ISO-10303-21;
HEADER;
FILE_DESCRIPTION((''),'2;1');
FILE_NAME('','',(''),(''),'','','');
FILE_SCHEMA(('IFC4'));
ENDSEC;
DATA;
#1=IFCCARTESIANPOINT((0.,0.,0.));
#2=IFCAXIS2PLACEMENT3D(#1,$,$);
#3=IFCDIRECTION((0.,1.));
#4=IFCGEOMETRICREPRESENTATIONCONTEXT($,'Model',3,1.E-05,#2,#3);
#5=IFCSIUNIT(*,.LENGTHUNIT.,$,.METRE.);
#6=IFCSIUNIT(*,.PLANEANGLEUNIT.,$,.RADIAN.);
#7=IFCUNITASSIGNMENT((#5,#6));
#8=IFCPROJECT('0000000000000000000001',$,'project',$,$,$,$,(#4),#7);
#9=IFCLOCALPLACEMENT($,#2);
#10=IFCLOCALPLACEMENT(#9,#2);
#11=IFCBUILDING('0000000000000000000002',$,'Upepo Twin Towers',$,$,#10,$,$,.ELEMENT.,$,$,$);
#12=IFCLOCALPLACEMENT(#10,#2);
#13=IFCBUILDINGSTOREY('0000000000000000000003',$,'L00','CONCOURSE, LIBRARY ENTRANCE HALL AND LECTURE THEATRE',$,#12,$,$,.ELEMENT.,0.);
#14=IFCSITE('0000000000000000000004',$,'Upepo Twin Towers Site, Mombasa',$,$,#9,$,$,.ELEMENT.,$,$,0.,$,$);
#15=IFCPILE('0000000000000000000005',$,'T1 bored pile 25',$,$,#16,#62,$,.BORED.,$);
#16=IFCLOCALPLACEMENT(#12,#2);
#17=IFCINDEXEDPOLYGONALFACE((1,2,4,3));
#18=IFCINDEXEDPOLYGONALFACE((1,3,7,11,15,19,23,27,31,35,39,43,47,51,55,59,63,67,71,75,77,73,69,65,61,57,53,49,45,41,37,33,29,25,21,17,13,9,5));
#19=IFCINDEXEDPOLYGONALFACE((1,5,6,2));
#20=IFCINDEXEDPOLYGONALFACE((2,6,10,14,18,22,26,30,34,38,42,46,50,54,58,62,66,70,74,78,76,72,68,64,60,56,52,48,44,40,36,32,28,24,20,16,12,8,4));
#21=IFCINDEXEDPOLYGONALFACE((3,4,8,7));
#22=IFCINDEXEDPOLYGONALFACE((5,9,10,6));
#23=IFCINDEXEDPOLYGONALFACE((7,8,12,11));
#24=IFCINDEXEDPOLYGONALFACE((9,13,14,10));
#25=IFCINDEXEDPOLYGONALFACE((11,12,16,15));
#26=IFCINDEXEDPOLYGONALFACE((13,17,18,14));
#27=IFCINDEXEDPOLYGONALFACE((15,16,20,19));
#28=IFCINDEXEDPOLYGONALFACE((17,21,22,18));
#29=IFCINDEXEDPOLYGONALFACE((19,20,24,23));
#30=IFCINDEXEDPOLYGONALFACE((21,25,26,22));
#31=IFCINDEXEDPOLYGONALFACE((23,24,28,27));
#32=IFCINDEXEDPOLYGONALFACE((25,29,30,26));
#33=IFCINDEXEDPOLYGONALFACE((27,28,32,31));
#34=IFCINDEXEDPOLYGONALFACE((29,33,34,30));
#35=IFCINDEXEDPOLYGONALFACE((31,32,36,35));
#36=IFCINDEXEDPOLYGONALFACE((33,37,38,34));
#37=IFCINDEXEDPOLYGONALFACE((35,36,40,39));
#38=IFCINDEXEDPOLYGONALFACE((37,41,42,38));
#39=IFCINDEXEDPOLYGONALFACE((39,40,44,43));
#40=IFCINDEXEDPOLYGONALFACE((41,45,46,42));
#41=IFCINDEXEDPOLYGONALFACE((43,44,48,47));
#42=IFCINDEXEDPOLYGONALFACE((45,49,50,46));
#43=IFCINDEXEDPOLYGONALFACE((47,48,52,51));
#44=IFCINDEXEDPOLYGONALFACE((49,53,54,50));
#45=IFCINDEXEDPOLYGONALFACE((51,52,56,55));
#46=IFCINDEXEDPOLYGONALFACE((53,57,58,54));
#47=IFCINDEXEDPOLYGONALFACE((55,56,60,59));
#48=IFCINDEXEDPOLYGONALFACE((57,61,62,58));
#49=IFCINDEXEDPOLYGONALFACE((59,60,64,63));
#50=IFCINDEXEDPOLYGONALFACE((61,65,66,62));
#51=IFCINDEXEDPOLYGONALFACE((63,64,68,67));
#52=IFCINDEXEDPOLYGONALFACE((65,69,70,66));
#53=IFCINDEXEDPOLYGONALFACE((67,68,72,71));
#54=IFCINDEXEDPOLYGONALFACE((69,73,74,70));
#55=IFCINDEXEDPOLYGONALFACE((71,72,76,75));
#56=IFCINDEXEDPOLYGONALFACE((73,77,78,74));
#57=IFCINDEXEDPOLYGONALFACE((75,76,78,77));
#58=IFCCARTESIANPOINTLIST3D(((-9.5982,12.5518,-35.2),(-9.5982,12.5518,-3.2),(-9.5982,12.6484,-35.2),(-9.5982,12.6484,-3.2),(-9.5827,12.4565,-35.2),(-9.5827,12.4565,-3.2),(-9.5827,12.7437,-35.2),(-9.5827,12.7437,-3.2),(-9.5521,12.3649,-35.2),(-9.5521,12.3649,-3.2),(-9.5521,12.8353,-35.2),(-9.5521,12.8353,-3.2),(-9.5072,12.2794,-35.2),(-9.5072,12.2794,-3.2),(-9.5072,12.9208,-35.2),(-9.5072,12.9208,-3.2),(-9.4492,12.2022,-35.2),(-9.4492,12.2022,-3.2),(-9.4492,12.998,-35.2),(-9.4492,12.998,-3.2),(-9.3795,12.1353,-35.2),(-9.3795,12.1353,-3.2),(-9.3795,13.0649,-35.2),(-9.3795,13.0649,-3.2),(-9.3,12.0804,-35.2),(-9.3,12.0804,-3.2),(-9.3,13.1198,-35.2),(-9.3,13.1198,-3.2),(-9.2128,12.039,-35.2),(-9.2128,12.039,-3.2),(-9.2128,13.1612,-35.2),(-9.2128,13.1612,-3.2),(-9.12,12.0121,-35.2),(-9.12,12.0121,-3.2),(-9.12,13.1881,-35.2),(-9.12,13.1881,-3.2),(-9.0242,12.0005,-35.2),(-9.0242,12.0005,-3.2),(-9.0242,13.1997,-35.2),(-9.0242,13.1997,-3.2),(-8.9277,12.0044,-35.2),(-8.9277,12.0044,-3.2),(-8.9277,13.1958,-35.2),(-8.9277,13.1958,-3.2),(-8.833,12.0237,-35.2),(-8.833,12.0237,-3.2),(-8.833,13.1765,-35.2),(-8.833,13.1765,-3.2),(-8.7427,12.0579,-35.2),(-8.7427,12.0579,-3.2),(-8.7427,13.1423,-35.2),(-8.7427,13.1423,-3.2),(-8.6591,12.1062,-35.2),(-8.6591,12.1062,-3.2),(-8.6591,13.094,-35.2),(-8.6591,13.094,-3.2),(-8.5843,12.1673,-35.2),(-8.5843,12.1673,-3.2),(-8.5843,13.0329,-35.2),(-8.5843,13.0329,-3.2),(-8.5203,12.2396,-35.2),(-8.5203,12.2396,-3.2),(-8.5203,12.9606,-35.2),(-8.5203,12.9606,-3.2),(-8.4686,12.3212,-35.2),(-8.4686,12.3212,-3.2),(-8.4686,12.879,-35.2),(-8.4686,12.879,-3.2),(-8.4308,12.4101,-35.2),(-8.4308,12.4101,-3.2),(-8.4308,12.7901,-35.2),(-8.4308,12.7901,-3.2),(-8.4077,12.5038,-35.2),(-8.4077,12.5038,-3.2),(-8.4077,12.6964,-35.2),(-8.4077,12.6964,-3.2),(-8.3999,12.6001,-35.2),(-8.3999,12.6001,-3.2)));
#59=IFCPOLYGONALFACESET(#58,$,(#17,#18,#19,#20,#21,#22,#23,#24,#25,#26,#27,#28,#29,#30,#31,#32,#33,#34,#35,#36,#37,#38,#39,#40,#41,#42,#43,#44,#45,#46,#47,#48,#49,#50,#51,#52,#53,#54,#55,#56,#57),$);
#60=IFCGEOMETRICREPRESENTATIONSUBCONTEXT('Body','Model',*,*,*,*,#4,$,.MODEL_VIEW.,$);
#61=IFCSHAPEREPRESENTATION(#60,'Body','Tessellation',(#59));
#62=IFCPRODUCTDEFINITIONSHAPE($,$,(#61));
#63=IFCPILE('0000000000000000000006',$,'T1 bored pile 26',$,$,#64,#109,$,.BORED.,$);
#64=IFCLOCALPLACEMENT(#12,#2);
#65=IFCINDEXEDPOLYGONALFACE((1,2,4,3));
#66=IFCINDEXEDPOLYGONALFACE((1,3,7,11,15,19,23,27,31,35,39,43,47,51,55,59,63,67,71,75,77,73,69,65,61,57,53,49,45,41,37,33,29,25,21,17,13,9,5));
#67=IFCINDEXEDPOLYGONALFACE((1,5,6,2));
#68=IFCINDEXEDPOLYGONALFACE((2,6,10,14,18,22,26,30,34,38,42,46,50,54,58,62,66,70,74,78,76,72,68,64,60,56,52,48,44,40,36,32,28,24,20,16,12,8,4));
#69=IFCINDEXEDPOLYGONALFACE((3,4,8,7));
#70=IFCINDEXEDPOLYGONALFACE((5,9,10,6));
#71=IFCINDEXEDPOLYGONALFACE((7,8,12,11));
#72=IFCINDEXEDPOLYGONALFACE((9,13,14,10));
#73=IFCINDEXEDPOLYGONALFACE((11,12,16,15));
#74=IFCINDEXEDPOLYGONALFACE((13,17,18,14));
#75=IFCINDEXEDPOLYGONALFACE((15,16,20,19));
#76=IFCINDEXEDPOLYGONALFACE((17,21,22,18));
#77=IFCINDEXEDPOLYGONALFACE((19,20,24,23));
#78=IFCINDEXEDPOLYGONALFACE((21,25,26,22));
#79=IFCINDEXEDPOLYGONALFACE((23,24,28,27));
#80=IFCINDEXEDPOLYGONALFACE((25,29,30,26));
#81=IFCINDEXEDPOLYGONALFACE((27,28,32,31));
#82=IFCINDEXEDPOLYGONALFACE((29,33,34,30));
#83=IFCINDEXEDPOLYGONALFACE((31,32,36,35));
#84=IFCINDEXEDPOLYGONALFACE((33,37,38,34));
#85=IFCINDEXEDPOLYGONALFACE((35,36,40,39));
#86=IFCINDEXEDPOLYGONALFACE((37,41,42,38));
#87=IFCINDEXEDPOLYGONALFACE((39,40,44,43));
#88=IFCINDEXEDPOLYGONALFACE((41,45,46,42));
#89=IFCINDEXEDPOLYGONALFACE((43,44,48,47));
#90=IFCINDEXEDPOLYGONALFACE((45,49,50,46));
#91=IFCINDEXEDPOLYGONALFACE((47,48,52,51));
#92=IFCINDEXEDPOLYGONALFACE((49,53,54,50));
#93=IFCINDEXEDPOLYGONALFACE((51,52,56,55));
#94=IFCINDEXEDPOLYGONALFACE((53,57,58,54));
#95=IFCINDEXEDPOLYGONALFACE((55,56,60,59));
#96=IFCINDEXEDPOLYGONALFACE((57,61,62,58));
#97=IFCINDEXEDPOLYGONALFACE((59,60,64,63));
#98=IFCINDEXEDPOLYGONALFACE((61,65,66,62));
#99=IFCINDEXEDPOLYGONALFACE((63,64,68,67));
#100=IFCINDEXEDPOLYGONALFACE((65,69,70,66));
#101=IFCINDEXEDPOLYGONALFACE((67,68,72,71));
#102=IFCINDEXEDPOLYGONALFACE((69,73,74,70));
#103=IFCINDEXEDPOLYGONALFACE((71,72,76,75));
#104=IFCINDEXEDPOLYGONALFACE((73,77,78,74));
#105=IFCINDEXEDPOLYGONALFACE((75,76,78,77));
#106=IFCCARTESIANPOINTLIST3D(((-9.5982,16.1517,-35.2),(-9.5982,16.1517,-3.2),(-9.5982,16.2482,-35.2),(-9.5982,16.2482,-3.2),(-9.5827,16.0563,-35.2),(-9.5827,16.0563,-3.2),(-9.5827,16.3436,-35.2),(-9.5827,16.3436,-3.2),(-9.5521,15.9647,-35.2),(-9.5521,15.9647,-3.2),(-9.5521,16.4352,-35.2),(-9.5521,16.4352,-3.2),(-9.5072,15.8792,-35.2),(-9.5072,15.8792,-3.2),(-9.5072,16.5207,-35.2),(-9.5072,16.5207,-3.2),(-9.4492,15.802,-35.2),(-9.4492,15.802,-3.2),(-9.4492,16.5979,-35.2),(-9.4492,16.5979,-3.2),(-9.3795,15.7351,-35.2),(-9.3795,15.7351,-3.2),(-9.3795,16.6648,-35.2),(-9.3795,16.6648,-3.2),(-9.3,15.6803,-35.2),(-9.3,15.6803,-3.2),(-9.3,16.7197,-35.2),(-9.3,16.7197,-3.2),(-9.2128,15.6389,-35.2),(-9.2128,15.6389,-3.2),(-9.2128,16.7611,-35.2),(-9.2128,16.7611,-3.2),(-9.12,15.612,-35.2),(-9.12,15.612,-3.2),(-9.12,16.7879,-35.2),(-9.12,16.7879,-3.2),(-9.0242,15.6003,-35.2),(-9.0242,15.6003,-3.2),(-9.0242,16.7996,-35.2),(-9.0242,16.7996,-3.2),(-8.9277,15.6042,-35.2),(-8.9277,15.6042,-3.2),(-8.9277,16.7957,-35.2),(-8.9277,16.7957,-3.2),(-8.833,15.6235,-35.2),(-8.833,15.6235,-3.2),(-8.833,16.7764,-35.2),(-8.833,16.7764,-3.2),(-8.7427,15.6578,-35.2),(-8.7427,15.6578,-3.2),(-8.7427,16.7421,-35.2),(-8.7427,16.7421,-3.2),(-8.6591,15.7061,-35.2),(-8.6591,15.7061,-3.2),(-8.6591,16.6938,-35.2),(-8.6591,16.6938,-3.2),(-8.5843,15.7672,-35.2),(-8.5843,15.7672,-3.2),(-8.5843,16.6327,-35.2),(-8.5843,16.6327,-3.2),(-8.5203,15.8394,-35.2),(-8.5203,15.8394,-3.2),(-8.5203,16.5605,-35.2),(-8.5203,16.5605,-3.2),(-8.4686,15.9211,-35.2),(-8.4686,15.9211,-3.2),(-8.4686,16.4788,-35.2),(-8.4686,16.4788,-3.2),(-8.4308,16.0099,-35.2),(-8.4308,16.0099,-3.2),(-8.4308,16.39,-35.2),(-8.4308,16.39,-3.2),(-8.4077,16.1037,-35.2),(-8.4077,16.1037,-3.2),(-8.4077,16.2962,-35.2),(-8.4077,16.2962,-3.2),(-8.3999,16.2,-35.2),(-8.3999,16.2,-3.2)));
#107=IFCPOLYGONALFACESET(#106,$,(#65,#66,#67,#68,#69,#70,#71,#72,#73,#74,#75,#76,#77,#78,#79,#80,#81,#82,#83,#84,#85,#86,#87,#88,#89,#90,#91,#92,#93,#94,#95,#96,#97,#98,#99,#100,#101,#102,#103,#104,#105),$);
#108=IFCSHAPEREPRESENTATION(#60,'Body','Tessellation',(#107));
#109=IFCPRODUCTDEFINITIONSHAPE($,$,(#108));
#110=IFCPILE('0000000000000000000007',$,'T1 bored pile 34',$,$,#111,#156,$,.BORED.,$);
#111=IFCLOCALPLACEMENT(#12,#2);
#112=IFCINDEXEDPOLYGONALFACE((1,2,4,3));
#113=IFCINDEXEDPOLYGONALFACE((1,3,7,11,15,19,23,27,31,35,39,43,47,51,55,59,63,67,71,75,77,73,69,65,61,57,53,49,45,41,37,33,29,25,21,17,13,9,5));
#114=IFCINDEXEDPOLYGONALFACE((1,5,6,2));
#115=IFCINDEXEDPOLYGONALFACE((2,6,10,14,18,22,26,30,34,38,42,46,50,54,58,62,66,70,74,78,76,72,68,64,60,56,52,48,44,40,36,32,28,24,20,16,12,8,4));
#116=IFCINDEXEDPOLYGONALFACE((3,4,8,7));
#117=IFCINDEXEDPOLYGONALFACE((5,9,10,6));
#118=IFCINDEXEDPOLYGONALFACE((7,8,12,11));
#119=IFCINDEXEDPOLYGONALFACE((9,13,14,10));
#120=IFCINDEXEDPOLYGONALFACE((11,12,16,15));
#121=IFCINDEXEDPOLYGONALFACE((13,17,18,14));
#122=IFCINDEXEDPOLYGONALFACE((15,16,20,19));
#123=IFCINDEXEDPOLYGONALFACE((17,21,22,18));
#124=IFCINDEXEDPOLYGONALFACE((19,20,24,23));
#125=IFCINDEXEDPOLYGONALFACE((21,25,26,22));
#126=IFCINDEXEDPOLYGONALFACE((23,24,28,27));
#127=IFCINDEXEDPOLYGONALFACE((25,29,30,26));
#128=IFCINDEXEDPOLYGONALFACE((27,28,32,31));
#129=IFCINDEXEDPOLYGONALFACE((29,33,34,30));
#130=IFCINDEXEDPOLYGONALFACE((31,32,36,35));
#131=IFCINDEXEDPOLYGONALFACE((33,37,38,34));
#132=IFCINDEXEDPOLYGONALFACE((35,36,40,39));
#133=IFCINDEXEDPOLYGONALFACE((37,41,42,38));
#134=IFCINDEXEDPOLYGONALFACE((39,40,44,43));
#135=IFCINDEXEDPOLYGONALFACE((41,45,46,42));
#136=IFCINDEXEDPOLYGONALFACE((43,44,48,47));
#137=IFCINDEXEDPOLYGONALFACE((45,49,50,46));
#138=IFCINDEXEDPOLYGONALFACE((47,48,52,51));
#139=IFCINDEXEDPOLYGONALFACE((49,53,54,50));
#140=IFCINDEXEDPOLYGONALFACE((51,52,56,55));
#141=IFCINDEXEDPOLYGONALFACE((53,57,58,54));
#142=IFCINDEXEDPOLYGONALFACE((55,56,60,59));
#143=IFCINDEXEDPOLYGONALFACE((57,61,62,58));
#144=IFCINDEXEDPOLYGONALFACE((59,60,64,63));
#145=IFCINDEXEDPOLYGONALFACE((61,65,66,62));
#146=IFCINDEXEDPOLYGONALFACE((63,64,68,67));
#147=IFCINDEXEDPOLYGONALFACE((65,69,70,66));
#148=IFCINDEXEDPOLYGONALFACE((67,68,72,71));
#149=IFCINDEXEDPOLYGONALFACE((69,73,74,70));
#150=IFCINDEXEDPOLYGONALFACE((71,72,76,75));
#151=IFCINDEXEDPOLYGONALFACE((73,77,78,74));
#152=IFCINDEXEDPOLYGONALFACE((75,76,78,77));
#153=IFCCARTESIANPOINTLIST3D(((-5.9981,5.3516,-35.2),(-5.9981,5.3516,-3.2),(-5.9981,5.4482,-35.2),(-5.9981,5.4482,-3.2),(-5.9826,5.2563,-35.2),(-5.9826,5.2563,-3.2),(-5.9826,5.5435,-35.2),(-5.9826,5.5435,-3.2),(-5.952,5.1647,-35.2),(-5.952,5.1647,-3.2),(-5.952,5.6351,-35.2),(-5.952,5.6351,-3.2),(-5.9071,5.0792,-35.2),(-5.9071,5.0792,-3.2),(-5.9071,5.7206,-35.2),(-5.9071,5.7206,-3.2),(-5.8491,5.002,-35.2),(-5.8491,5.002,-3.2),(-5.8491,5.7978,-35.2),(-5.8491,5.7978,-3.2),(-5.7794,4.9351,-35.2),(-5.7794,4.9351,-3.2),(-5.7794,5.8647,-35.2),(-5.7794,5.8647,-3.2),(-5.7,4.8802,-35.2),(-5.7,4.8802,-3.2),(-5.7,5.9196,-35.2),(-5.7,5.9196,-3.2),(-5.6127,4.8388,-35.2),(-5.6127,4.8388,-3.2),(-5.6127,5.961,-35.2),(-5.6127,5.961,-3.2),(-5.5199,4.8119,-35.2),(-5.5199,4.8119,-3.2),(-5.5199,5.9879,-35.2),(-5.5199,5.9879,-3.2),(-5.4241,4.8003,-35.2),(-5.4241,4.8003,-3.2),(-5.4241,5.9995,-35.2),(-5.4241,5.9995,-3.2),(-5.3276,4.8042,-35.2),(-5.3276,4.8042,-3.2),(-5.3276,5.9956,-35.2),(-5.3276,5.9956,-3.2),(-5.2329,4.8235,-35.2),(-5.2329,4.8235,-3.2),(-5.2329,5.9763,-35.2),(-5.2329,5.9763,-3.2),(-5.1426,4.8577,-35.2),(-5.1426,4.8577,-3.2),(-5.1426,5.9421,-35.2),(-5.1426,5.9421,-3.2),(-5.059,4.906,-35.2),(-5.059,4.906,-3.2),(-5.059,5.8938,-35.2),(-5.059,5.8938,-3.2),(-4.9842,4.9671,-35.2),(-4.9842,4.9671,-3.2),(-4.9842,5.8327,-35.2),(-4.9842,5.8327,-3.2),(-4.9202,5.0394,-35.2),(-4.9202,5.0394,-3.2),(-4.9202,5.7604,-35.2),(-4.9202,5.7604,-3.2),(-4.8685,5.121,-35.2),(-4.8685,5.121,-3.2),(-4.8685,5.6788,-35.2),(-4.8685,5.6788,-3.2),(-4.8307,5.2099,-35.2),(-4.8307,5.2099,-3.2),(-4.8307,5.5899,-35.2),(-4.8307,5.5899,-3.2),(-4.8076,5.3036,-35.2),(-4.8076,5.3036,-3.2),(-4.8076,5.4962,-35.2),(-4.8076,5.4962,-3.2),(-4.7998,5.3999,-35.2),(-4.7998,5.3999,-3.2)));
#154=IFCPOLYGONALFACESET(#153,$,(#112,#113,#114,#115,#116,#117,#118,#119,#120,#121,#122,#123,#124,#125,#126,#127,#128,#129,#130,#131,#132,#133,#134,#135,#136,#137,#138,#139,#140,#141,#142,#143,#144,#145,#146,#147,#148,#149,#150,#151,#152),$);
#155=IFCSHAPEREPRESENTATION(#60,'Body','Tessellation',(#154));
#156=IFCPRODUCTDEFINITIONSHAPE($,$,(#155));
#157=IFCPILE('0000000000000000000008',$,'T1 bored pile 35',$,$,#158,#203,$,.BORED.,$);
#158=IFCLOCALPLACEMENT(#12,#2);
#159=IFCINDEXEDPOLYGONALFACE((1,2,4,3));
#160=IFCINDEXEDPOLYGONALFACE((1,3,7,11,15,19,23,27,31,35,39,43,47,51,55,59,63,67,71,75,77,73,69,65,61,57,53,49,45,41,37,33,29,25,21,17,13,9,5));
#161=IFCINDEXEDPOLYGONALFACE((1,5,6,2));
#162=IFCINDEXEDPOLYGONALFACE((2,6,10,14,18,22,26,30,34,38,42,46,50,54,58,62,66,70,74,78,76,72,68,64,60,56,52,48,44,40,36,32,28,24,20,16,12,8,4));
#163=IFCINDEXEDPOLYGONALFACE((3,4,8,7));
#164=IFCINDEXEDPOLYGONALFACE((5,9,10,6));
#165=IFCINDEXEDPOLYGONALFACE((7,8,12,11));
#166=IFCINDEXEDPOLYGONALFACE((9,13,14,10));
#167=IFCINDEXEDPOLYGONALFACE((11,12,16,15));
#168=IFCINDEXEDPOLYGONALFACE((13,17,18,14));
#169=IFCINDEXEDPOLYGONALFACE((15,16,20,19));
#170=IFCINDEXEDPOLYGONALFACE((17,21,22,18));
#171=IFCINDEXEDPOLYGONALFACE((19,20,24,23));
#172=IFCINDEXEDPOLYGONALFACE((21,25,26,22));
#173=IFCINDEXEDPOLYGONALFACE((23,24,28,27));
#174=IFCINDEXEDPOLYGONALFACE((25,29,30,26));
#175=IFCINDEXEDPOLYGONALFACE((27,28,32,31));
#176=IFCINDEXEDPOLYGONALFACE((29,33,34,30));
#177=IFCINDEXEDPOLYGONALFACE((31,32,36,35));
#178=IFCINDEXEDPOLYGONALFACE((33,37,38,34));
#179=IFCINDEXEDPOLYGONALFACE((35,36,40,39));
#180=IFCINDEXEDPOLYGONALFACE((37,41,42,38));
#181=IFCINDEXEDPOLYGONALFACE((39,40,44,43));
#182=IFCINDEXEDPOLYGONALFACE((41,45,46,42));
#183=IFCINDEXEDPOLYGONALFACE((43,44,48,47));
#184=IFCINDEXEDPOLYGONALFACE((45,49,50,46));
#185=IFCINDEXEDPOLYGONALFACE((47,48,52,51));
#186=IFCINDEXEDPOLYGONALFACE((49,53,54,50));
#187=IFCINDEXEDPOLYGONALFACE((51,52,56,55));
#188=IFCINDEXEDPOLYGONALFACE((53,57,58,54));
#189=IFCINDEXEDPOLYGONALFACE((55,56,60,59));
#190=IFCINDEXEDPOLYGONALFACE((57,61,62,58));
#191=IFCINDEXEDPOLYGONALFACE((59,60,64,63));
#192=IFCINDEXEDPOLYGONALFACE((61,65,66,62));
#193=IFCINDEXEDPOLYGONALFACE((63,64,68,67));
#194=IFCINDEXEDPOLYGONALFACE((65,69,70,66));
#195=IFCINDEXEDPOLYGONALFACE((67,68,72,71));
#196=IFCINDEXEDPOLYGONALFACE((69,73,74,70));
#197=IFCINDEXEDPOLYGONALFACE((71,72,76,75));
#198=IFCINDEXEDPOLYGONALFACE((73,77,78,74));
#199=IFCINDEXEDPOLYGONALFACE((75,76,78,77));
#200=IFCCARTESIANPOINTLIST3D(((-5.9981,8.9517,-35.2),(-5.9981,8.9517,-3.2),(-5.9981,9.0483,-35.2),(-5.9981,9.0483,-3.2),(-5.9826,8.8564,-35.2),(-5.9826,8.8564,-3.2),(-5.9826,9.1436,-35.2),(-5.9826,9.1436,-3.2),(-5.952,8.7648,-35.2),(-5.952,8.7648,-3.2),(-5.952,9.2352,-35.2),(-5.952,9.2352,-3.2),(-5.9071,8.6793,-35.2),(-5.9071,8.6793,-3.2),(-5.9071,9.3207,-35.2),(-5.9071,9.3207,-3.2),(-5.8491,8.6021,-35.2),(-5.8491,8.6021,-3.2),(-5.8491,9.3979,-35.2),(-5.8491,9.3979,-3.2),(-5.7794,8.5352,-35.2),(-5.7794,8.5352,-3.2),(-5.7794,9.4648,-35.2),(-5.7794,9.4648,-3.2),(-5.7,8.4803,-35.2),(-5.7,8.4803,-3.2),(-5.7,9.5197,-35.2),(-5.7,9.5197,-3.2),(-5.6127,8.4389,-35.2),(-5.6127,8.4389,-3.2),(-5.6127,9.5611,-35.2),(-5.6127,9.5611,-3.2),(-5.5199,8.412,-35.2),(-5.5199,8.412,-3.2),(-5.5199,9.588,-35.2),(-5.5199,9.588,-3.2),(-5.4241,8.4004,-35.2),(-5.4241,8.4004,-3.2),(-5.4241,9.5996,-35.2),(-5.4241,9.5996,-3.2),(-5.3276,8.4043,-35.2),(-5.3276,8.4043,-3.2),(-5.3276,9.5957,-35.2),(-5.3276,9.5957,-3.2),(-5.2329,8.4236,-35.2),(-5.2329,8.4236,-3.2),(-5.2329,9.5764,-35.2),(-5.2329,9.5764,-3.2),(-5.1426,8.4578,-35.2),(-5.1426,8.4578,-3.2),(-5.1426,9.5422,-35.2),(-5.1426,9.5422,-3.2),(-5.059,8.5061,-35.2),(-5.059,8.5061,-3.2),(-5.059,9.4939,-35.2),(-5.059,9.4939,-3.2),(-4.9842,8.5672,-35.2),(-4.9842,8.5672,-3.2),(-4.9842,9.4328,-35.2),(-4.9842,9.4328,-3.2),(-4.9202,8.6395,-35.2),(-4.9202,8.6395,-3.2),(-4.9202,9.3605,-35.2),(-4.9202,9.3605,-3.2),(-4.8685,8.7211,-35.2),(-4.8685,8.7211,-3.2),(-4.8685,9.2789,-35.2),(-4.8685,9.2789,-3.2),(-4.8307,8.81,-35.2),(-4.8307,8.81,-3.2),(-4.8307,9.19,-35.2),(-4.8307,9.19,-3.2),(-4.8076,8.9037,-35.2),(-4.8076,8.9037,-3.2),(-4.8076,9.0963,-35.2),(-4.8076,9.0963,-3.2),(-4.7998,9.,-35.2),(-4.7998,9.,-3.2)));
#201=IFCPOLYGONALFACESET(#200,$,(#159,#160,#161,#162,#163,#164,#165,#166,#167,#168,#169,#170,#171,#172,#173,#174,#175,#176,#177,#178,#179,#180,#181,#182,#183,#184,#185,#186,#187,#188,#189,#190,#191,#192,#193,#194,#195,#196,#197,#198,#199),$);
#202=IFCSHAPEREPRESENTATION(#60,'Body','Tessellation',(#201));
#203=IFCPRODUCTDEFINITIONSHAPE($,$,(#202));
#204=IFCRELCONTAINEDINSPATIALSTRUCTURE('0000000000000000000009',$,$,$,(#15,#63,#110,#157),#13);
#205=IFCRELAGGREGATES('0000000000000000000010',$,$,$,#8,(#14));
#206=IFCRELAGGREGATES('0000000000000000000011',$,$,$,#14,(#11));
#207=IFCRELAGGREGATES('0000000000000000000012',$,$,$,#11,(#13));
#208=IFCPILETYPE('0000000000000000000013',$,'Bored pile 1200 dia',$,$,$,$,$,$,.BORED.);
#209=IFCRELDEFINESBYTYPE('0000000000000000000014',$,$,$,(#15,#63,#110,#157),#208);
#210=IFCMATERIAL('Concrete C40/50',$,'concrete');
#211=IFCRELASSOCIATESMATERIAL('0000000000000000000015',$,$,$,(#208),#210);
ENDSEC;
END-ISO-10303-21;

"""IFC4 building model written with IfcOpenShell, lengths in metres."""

from ifc_helpers import new_model, si_unit, direction, frame, origin, origin_2d, place, context, subcontext, project, spatial, circle, extrude, material, type_object, element, save


model = new_model("IFC4")

# Units and contexts
model_context = context("Model", 3, precision=1e-05, world=origin(), true_north=direction((0.0, 1.0)))
body_context = subcontext(model_context, "Body", "Model", "MODEL_VIEW")
ifc_project = project(units=[si_unit("LENGTHUNIT", "METRE"), si_unit("PLANEANGLEUNIT", "RADIAN")], contexts=[model_context])

# Site, building, storey
site_placement = place(None, origin())
site = spatial("IfcSite", under=ifc_project, at=site_placement, Name="Upepo Twin Towers Site, Mombasa", CompositionType="ELEMENT", RefElevation=0.0)
building_placement = place(site_placement, origin())
building = spatial("IfcBuilding", under=site, at=building_placement, Name="Upepo Twin Towers", CompositionType="ELEMENT")
storey_placement = place(building_placement, origin())
storey = spatial("IfcBuildingStorey", under=building, at=storey_placement, Name="L00", Description="CONCOURSE, LIBRARY ENTRANCE HALL AND LECTURE THEATRE", CompositionType="ELEMENT", Elevation=0.0)

# Piles
ifc_material_1 = material(Name="Concrete C40/50", Category="concrete")
pile_type = type_object("IfcPileType", Name="Bored pile 1200 dia", PredefinedType="BORED", material=ifc_material_1)
for number, where, z_axis, x_axis, name in (
    (1, (-9.0, 12.6001, -3.2), (0.0, 0.0, -1.0), (1.0, 0.0, 0.0), "T1 bored pile 25"),
    (2, (-9.0, 16.2, -3.2), (0.0, 0.0, -1.0), (1.0, 0.0, 0.0), "T1 bored pile 26"),
    (3, (-5.3999, 5.3999, -3.2), (0.0, 0.0, -1.0), (1.0, 0.0, 0.0), "T1 bored pile 34"),
    (4, (-5.3999, 9.0, -3.2), (0.0, 0.0, -1.0), (1.0, 0.0, 0.0), "T1 bored pile 35"),
):
    element("IfcPile", number, at=place(storey_placement, frame(where, z_axis=z_axis, x_axis=x_axis)), inside=storey, type_object=pile_type, Name=name, PredefinedType="BORED", context=body_context, shape_type="SweptSolid", body=[
        extrude(circle(Radius=0.6001, at=origin_2d()), origin(), (0.0, 0.0, 1.0), 32.0),
    ])

save(model, "model.ifc")
